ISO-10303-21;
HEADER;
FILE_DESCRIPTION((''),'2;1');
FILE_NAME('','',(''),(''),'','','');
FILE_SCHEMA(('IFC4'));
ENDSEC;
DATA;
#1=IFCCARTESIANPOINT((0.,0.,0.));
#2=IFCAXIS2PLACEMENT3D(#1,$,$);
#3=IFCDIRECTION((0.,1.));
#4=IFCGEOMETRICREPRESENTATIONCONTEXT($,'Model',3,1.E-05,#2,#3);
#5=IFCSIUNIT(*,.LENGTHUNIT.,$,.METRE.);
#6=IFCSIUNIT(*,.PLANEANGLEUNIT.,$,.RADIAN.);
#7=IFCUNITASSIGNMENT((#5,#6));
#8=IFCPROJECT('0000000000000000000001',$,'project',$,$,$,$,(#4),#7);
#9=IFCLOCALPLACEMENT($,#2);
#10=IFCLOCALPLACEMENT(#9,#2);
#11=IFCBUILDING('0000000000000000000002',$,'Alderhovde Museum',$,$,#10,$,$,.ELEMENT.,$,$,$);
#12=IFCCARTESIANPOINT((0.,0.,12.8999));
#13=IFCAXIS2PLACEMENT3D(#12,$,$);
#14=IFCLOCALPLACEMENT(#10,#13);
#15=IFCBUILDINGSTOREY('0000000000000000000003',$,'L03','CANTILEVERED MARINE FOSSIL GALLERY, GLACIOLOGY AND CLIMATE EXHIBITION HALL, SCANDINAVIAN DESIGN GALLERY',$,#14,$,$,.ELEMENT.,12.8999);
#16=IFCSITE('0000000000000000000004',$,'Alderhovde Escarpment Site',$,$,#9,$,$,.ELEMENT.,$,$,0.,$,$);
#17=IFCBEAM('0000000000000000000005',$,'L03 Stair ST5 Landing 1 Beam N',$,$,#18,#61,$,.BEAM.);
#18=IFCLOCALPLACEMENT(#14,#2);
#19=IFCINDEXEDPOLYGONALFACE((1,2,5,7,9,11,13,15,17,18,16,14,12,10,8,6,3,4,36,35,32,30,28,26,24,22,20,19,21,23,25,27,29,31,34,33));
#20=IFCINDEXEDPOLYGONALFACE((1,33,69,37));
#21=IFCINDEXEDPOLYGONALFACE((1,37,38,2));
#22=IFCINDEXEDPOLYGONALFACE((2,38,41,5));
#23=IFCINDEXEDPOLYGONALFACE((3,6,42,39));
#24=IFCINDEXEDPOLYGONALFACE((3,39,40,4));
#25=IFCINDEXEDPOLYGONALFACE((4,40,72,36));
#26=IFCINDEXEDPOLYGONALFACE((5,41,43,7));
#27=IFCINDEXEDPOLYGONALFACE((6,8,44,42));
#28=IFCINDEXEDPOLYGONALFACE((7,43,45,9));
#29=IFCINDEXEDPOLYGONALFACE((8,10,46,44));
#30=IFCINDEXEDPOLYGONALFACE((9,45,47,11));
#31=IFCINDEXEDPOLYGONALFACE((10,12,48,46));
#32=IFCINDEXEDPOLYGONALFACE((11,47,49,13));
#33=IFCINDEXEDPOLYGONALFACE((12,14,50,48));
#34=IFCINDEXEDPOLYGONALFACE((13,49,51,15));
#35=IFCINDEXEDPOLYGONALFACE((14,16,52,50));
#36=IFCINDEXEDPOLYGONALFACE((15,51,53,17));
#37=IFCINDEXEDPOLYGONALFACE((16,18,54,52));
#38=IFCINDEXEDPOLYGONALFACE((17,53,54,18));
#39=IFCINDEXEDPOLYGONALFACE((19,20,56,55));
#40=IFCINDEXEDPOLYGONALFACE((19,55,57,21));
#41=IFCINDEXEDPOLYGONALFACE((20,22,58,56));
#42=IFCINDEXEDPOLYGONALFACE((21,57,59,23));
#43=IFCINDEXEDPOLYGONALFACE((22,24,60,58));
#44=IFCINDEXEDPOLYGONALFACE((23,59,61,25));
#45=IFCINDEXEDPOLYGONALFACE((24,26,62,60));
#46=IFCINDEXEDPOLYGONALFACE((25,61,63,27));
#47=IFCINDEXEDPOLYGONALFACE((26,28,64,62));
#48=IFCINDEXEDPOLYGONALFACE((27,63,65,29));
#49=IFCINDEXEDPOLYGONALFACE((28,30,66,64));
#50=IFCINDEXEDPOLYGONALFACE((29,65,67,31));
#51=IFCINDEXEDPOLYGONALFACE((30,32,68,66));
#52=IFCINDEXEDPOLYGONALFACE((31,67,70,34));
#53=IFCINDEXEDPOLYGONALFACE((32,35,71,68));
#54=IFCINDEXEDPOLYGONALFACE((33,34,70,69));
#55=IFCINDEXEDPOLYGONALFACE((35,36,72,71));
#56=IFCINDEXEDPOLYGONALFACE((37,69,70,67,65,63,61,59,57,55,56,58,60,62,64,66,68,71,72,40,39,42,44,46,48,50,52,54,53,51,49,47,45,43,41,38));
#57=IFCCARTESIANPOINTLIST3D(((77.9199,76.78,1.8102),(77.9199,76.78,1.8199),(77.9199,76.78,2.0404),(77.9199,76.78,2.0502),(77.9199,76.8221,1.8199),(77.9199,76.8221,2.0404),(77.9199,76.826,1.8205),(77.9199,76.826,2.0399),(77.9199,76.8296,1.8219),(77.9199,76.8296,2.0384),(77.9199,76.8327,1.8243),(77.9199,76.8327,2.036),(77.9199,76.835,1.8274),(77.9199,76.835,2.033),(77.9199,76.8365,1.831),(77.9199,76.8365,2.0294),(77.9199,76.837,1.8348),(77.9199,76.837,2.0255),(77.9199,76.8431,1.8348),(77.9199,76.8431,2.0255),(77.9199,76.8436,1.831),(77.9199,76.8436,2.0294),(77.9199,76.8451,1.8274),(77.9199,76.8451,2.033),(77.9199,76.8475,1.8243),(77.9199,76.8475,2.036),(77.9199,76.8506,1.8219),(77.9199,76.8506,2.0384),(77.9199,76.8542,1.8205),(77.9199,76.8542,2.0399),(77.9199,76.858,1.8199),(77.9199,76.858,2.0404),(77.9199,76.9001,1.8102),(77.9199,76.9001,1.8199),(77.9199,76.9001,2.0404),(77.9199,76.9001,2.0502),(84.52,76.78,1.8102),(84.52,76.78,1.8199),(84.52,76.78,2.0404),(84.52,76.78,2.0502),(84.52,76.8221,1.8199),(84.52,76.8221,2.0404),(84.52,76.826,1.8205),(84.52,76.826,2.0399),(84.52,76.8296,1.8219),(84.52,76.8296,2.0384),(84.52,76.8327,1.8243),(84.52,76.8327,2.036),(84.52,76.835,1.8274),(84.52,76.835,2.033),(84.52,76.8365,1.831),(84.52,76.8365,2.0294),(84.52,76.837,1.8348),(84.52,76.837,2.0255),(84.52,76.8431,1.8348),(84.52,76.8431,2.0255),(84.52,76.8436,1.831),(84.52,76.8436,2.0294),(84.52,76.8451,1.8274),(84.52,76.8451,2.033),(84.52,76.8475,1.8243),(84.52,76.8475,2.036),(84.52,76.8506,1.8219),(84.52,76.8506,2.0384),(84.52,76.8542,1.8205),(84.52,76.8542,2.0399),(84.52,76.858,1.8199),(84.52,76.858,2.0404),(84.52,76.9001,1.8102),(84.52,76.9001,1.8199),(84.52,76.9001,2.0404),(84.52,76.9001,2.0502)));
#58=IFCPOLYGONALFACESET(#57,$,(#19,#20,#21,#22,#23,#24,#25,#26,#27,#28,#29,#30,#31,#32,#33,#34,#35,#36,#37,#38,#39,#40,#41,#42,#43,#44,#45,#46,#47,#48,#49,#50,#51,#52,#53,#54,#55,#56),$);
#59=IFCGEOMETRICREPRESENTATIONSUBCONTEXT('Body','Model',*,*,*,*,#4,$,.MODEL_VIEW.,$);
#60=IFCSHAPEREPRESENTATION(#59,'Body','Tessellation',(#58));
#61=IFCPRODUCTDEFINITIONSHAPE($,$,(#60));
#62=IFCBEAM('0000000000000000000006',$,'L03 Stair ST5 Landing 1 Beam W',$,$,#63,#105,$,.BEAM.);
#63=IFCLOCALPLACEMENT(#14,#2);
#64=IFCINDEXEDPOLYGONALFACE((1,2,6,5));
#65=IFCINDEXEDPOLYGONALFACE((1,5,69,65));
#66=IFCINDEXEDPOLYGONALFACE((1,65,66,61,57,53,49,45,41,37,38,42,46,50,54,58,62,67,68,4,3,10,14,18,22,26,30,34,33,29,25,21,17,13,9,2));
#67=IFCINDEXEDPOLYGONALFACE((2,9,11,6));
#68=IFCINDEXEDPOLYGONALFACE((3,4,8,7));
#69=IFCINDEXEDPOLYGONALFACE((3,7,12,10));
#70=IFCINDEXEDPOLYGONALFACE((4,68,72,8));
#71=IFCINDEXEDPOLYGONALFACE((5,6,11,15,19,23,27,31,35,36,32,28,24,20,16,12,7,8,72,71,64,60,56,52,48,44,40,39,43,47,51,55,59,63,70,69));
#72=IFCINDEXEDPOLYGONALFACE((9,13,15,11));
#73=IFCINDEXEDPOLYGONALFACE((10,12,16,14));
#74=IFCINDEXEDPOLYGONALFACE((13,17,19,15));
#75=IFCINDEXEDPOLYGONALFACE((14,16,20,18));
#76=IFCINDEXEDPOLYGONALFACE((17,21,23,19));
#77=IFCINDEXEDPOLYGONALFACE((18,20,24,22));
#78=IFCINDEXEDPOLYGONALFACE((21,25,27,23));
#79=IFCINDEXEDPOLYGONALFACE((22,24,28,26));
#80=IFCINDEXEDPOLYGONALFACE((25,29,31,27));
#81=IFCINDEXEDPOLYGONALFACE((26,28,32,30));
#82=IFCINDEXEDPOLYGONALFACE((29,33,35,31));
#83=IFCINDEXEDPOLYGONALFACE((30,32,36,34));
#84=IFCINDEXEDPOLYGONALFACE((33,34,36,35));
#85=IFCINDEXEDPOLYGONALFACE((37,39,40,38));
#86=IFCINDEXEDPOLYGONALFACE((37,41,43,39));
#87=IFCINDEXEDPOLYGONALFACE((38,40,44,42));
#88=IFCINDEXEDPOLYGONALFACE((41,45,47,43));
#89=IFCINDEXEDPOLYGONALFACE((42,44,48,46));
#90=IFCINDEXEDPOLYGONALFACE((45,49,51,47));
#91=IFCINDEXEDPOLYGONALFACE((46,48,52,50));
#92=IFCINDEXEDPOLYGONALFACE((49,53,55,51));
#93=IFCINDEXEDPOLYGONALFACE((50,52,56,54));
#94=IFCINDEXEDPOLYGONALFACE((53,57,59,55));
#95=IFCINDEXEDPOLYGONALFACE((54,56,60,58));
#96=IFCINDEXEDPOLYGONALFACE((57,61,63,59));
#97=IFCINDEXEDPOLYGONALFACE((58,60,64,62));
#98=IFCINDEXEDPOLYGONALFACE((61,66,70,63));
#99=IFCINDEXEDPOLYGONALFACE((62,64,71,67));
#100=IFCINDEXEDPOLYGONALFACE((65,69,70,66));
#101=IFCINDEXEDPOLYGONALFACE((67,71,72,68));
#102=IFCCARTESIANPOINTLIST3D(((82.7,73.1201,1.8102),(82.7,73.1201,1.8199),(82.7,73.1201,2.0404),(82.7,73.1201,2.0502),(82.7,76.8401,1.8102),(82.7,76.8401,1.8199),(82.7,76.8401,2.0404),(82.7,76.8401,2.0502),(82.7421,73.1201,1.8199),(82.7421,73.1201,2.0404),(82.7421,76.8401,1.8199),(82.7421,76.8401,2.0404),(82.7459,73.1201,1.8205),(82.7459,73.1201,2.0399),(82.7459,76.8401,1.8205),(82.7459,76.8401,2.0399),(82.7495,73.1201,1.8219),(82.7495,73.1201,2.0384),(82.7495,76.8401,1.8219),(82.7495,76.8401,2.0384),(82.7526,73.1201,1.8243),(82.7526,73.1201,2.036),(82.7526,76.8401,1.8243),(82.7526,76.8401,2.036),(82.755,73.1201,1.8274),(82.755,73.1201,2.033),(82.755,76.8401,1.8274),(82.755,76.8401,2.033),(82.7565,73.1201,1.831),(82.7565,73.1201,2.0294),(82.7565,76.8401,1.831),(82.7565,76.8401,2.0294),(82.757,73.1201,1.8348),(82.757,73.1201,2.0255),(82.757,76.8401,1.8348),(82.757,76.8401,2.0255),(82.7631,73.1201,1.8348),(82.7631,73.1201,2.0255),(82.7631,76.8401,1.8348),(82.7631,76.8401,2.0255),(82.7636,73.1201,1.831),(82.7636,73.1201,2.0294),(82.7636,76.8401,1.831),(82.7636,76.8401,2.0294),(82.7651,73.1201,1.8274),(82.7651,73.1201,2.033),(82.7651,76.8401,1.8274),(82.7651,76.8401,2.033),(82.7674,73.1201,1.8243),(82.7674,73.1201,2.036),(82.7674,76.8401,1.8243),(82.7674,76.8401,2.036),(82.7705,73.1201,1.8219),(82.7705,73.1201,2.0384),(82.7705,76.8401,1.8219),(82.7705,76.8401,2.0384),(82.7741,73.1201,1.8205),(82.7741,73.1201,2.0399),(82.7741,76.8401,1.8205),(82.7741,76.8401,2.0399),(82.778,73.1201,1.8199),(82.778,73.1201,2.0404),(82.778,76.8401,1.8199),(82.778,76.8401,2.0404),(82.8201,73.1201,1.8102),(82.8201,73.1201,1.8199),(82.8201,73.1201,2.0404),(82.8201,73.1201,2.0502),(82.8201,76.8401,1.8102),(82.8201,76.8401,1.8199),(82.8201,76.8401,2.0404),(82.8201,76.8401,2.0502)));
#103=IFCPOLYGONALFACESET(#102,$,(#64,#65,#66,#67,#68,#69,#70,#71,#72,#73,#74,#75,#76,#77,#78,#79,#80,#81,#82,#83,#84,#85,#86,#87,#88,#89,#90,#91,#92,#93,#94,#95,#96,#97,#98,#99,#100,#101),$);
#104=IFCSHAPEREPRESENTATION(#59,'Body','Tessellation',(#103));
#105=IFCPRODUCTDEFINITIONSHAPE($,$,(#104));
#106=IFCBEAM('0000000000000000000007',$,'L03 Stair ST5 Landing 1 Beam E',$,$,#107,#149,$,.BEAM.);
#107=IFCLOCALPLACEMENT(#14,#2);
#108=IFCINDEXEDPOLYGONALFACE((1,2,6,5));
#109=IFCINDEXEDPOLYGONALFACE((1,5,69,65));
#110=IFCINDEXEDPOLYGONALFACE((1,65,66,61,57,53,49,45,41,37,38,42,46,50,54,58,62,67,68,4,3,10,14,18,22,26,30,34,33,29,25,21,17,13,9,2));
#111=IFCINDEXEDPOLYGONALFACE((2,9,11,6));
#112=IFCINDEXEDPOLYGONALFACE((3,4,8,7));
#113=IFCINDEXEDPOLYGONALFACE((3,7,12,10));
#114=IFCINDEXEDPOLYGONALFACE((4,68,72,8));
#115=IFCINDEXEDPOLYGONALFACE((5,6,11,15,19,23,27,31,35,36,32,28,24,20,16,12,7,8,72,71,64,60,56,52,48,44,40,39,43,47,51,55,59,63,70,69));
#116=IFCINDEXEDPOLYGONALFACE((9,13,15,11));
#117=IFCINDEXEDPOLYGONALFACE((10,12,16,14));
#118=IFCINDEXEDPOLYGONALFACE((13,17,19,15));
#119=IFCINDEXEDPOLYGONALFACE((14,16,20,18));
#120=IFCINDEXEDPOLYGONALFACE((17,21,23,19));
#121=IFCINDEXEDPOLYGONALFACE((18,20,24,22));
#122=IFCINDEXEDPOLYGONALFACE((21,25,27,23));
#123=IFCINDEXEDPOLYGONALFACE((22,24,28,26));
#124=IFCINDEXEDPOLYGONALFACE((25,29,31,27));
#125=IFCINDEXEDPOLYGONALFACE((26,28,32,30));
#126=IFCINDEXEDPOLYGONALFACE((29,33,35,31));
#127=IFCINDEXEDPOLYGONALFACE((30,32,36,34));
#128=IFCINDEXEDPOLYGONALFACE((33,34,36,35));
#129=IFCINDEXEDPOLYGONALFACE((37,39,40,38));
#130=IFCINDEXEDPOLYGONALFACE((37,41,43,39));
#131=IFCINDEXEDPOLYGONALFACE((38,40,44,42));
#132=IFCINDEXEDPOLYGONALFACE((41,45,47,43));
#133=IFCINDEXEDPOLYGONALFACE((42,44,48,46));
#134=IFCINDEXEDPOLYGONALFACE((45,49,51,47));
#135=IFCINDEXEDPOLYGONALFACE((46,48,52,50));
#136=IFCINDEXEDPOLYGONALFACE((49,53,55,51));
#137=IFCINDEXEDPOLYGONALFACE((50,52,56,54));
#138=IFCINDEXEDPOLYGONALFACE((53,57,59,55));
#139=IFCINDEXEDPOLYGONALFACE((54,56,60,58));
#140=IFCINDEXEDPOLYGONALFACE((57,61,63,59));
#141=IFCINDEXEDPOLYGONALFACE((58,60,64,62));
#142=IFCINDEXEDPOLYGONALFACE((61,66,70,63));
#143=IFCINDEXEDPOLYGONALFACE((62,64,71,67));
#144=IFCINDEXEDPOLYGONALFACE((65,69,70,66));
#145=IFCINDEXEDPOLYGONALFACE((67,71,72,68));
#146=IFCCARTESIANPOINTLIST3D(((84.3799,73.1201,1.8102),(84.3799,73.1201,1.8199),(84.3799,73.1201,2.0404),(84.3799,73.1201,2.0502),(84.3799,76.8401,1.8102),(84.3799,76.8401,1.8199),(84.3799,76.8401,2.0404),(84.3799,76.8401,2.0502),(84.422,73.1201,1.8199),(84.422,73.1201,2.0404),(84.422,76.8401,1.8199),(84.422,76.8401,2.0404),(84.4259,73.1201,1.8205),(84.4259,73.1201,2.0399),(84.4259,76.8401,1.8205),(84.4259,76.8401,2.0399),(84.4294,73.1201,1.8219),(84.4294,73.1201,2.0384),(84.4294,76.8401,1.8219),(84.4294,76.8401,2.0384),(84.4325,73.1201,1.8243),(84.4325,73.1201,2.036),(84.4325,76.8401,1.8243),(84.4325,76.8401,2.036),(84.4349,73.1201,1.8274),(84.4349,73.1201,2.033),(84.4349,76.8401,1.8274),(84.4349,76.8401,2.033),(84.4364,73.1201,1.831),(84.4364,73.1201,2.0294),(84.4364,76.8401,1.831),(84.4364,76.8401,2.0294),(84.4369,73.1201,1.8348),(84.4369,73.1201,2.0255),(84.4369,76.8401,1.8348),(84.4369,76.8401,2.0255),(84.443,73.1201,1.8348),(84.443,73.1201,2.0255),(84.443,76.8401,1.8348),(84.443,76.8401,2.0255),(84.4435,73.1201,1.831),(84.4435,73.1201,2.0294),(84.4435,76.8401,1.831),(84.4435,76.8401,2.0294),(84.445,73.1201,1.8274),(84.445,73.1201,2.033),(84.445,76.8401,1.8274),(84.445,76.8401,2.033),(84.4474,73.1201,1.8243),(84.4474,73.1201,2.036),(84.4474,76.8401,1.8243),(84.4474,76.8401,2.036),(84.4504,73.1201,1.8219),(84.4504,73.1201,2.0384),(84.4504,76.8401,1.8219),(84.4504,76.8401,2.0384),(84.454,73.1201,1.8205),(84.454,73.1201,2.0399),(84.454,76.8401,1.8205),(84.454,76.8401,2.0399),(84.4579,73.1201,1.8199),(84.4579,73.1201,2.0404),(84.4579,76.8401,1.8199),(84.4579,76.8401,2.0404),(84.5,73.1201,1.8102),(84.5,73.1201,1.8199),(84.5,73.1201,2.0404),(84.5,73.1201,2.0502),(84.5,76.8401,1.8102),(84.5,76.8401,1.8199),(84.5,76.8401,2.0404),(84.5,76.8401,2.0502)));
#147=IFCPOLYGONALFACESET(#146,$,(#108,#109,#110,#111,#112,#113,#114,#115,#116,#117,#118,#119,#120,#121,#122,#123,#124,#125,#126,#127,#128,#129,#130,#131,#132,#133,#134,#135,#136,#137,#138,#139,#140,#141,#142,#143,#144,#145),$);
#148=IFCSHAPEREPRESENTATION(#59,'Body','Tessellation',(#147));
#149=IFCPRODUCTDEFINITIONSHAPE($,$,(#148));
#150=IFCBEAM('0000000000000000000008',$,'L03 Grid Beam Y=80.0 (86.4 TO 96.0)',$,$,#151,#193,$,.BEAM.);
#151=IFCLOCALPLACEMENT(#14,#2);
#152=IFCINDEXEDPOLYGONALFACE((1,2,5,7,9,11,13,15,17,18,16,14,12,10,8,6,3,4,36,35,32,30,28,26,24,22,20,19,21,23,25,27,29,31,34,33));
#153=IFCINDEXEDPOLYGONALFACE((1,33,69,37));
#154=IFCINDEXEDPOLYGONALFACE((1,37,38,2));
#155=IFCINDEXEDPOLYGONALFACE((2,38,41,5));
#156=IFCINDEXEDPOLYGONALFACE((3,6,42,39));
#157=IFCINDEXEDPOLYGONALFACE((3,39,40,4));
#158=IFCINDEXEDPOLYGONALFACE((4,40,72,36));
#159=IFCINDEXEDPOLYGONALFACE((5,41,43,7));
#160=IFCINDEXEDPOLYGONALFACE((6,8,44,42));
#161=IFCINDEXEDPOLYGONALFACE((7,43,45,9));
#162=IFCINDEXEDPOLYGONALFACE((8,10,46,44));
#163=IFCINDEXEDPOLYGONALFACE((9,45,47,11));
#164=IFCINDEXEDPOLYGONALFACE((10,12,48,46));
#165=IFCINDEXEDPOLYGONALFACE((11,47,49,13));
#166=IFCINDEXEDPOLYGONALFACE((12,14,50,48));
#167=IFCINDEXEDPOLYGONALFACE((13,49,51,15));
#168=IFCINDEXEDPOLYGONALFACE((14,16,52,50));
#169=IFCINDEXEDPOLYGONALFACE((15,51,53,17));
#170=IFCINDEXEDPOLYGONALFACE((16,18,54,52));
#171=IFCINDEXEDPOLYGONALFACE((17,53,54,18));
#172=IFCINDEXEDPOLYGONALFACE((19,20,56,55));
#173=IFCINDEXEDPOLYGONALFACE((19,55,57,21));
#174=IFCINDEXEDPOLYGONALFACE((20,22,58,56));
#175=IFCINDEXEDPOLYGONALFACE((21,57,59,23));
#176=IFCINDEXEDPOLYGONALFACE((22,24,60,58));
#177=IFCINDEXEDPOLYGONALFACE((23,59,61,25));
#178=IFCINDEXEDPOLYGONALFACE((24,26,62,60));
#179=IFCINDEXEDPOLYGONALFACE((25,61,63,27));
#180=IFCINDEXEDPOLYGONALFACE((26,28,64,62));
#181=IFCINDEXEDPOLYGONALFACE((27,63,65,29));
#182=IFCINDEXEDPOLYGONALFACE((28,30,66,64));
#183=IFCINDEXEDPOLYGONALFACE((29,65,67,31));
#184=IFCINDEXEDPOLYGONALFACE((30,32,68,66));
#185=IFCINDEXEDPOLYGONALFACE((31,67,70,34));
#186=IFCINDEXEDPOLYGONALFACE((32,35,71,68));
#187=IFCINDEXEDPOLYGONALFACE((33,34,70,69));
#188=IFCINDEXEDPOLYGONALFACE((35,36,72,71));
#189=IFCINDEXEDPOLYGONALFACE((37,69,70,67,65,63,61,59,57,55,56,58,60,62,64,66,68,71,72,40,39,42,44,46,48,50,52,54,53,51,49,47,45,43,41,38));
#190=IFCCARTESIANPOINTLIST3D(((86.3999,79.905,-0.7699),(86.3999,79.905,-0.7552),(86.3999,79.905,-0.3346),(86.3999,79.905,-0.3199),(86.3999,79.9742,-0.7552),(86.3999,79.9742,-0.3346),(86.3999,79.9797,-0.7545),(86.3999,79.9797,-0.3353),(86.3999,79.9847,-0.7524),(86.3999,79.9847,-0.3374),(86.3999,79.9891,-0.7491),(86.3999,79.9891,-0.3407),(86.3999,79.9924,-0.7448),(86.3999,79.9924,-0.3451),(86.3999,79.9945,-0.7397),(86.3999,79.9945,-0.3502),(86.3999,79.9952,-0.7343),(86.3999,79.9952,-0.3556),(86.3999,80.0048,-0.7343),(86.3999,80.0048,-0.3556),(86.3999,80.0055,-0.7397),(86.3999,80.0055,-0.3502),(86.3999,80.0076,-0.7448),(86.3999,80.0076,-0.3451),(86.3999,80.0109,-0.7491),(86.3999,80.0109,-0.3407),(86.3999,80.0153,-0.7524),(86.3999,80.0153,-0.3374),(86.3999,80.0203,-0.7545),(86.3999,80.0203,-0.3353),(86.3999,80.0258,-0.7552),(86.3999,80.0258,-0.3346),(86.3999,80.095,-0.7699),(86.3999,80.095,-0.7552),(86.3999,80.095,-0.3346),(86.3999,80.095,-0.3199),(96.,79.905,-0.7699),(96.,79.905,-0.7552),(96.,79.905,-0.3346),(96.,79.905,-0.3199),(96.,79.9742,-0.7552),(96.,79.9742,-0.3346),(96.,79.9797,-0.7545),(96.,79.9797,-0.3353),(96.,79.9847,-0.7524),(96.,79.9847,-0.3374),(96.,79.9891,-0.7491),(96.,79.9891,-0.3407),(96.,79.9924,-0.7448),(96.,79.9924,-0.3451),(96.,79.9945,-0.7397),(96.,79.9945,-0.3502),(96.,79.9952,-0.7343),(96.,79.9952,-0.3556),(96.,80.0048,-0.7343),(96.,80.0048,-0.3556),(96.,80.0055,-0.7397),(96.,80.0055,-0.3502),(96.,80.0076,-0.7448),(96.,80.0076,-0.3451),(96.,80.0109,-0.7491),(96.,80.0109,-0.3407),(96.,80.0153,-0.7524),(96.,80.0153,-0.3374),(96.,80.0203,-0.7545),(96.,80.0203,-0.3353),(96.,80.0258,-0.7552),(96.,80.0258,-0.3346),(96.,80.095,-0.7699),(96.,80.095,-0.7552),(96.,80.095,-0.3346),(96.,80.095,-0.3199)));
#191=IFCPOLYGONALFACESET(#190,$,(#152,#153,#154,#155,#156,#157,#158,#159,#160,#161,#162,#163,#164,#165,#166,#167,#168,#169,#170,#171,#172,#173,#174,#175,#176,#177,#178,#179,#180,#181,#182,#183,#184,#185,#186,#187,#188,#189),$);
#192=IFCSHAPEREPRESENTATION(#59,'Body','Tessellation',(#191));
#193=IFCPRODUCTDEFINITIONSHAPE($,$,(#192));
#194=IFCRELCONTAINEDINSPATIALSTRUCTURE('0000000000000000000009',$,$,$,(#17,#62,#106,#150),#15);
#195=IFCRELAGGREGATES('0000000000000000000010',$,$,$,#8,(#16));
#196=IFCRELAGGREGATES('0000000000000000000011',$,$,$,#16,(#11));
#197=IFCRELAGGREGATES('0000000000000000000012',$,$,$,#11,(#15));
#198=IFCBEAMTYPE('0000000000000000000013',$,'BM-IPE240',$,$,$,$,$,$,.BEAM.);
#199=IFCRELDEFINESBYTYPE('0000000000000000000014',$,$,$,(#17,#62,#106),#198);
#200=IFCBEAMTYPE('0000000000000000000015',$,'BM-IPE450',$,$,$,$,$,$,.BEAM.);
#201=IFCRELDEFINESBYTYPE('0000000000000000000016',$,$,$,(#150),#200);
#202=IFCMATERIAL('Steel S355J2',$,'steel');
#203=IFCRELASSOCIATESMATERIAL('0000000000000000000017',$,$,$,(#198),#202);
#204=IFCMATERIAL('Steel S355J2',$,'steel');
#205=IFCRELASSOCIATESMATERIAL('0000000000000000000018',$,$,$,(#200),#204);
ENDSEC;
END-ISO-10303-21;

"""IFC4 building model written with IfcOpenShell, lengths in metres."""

from ifc_helpers import new_model, si_unit, direction, frame, origin, origin_2d, place, context, subcontext, project, spatial, i_section, extrude, material, material_profile, profile_set, type_object, element, save


model = new_model("IFC4")

# Units and contexts
model_context = context("Model", 3, precision=1e-05, world=origin(), true_north=direction((0.0, 1.0)))
body_context = subcontext(model_context, "Body", "Model", "MODEL_VIEW")
ifc_project = project(units=[si_unit("LENGTHUNIT", "METRE"), si_unit("PLANEANGLEUNIT", "RADIAN")], contexts=[model_context])

# Site, building, storey
site_placement = place(None, origin())
site = spatial("IfcSite", under=ifc_project, at=site_placement, Name="Alderhovde Escarpment Site", CompositionType="ELEMENT", RefElevation=0.0)
building_placement = place(site_placement, origin())
building = spatial("IfcBuilding", under=site, at=building_placement, Name="Alderhovde Museum", CompositionType="ELEMENT")
storey_placement = place(building_placement, frame((0.0, 0.0, 12.8999)))
storey = spatial("IfcBuildingStorey", under=building, at=storey_placement, Name="L03", Description="CANTILEVERED MARINE FOSSIL GALLERY, GLACIOLOGY AND CLIMATE EXHIBITION HALL, SCANDINAVIAN DESIGN GALLERY", CompositionType="ELEMENT", Elevation=12.8999)

# Beams
ifc_material_1 = material(Name="Steel S355J2", Category="steel")
ifc_material_profile_1 = material_profile(ifc_material_1, i_section(OverallWidth=0.1201, OverallDepth=0.24, WebThickness=0.0061, FlangeThickness=0.0098, FilletRadius=0.0149, at=origin_2d()), Name="IPE 240")
ifc_profile_set_1 = profile_set([ifc_material_profile_1], Name="Steel S355J2")
beam_type_1 = type_object("IfcBeamType", Name="BM-IPE240", PredefinedType="BEAM", material=ifc_profile_set_1)
beam_1_placement = place(storey_placement, frame((77.9199, 76.8401, 1.9302), z_axis=(1.0, 0.0, 0.0), x_axis=(0.0, 1.0, 0.0)))
element("IfcBeam", 1, at=beam_1_placement, inside=storey, type_object=beam_type_1, Name="L03 Stair ST5 Landing 1 Beam N", PredefinedType="BEAM", context=body_context, shape_type="SweptSolid", body=[
    extrude(i_section(OverallWidth=0.1201, OverallDepth=0.24, WebThickness=0.0061, FlangeThickness=0.0098, FilletRadius=0.0149, at=origin_2d()), origin(), (0.0, 0.0, 1.0), 6.6001),
])
for number, where, z_axis, x_axis, name in (
    (2, (82.76, 73.1201, 1.9302), (0.0, 1.0, 0.0), (-1.0, 0.0, 0.0), "L03 Stair ST5 Landing 1 Beam W"),
    (3, (84.4399, 73.1201, 1.9302), (0.0, 1.0, 0.0), (-1.0, 0.0, 0.0), "L03 Stair ST5 Landing 1 Beam E"),
):
    element("IfcBeam", number, at=place(storey_placement, frame(where, z_axis=z_axis, x_axis=x_axis)), inside=storey, type_object=beam_type_1, Name=name, PredefinedType="BEAM", context=body_context, shape_type="SweptSolid", body=[
        extrude(i_section(OverallWidth=0.1201, OverallDepth=0.24, WebThickness=0.0061, FlangeThickness=0.0098, FilletRadius=0.0149, at=origin_2d()), origin(), (0.0, 0.0, 1.0), 3.72),
    ])
ifc_material_2 = material(Name="Steel S355J2", Category="steel")
ifc_material_profile_2 = material_profile(ifc_material_2, i_section(OverallWidth=0.1899, OverallDepth=0.45, WebThickness=0.0095, FlangeThickness=0.0146, FilletRadius=0.021, at=origin_2d()), Name="IPE 450")
ifc_profile_set_2 = profile_set([ifc_material_profile_2], Name="Steel S355J2")
beam_type_2 = type_object("IfcBeamType", Name="BM-IPE450", PredefinedType="BEAM", material=ifc_profile_set_2)
beam_2_placement = place(storey_placement, frame((86.3999, 80.0, -0.5449), z_axis=(1.0, 0.0, 0.0), x_axis=(0.0, 1.0, 0.0)))
element("IfcBeam", 4, at=beam_2_placement, inside=storey, type_object=beam_type_2, Name="L03 Grid Beam Y=80.0 (86.4 TO 96.0)", PredefinedType="BEAM", context=body_context, shape_type="SweptSolid", body=[
    extrude(i_section(OverallWidth=0.1899, OverallDepth=0.45, WebThickness=0.0095, FlangeThickness=0.0146, FilletRadius=0.021, at=origin_2d()), origin(), (0.0, 0.0, 1.0), 9.6001),
])

save(model, "model.ifc")
